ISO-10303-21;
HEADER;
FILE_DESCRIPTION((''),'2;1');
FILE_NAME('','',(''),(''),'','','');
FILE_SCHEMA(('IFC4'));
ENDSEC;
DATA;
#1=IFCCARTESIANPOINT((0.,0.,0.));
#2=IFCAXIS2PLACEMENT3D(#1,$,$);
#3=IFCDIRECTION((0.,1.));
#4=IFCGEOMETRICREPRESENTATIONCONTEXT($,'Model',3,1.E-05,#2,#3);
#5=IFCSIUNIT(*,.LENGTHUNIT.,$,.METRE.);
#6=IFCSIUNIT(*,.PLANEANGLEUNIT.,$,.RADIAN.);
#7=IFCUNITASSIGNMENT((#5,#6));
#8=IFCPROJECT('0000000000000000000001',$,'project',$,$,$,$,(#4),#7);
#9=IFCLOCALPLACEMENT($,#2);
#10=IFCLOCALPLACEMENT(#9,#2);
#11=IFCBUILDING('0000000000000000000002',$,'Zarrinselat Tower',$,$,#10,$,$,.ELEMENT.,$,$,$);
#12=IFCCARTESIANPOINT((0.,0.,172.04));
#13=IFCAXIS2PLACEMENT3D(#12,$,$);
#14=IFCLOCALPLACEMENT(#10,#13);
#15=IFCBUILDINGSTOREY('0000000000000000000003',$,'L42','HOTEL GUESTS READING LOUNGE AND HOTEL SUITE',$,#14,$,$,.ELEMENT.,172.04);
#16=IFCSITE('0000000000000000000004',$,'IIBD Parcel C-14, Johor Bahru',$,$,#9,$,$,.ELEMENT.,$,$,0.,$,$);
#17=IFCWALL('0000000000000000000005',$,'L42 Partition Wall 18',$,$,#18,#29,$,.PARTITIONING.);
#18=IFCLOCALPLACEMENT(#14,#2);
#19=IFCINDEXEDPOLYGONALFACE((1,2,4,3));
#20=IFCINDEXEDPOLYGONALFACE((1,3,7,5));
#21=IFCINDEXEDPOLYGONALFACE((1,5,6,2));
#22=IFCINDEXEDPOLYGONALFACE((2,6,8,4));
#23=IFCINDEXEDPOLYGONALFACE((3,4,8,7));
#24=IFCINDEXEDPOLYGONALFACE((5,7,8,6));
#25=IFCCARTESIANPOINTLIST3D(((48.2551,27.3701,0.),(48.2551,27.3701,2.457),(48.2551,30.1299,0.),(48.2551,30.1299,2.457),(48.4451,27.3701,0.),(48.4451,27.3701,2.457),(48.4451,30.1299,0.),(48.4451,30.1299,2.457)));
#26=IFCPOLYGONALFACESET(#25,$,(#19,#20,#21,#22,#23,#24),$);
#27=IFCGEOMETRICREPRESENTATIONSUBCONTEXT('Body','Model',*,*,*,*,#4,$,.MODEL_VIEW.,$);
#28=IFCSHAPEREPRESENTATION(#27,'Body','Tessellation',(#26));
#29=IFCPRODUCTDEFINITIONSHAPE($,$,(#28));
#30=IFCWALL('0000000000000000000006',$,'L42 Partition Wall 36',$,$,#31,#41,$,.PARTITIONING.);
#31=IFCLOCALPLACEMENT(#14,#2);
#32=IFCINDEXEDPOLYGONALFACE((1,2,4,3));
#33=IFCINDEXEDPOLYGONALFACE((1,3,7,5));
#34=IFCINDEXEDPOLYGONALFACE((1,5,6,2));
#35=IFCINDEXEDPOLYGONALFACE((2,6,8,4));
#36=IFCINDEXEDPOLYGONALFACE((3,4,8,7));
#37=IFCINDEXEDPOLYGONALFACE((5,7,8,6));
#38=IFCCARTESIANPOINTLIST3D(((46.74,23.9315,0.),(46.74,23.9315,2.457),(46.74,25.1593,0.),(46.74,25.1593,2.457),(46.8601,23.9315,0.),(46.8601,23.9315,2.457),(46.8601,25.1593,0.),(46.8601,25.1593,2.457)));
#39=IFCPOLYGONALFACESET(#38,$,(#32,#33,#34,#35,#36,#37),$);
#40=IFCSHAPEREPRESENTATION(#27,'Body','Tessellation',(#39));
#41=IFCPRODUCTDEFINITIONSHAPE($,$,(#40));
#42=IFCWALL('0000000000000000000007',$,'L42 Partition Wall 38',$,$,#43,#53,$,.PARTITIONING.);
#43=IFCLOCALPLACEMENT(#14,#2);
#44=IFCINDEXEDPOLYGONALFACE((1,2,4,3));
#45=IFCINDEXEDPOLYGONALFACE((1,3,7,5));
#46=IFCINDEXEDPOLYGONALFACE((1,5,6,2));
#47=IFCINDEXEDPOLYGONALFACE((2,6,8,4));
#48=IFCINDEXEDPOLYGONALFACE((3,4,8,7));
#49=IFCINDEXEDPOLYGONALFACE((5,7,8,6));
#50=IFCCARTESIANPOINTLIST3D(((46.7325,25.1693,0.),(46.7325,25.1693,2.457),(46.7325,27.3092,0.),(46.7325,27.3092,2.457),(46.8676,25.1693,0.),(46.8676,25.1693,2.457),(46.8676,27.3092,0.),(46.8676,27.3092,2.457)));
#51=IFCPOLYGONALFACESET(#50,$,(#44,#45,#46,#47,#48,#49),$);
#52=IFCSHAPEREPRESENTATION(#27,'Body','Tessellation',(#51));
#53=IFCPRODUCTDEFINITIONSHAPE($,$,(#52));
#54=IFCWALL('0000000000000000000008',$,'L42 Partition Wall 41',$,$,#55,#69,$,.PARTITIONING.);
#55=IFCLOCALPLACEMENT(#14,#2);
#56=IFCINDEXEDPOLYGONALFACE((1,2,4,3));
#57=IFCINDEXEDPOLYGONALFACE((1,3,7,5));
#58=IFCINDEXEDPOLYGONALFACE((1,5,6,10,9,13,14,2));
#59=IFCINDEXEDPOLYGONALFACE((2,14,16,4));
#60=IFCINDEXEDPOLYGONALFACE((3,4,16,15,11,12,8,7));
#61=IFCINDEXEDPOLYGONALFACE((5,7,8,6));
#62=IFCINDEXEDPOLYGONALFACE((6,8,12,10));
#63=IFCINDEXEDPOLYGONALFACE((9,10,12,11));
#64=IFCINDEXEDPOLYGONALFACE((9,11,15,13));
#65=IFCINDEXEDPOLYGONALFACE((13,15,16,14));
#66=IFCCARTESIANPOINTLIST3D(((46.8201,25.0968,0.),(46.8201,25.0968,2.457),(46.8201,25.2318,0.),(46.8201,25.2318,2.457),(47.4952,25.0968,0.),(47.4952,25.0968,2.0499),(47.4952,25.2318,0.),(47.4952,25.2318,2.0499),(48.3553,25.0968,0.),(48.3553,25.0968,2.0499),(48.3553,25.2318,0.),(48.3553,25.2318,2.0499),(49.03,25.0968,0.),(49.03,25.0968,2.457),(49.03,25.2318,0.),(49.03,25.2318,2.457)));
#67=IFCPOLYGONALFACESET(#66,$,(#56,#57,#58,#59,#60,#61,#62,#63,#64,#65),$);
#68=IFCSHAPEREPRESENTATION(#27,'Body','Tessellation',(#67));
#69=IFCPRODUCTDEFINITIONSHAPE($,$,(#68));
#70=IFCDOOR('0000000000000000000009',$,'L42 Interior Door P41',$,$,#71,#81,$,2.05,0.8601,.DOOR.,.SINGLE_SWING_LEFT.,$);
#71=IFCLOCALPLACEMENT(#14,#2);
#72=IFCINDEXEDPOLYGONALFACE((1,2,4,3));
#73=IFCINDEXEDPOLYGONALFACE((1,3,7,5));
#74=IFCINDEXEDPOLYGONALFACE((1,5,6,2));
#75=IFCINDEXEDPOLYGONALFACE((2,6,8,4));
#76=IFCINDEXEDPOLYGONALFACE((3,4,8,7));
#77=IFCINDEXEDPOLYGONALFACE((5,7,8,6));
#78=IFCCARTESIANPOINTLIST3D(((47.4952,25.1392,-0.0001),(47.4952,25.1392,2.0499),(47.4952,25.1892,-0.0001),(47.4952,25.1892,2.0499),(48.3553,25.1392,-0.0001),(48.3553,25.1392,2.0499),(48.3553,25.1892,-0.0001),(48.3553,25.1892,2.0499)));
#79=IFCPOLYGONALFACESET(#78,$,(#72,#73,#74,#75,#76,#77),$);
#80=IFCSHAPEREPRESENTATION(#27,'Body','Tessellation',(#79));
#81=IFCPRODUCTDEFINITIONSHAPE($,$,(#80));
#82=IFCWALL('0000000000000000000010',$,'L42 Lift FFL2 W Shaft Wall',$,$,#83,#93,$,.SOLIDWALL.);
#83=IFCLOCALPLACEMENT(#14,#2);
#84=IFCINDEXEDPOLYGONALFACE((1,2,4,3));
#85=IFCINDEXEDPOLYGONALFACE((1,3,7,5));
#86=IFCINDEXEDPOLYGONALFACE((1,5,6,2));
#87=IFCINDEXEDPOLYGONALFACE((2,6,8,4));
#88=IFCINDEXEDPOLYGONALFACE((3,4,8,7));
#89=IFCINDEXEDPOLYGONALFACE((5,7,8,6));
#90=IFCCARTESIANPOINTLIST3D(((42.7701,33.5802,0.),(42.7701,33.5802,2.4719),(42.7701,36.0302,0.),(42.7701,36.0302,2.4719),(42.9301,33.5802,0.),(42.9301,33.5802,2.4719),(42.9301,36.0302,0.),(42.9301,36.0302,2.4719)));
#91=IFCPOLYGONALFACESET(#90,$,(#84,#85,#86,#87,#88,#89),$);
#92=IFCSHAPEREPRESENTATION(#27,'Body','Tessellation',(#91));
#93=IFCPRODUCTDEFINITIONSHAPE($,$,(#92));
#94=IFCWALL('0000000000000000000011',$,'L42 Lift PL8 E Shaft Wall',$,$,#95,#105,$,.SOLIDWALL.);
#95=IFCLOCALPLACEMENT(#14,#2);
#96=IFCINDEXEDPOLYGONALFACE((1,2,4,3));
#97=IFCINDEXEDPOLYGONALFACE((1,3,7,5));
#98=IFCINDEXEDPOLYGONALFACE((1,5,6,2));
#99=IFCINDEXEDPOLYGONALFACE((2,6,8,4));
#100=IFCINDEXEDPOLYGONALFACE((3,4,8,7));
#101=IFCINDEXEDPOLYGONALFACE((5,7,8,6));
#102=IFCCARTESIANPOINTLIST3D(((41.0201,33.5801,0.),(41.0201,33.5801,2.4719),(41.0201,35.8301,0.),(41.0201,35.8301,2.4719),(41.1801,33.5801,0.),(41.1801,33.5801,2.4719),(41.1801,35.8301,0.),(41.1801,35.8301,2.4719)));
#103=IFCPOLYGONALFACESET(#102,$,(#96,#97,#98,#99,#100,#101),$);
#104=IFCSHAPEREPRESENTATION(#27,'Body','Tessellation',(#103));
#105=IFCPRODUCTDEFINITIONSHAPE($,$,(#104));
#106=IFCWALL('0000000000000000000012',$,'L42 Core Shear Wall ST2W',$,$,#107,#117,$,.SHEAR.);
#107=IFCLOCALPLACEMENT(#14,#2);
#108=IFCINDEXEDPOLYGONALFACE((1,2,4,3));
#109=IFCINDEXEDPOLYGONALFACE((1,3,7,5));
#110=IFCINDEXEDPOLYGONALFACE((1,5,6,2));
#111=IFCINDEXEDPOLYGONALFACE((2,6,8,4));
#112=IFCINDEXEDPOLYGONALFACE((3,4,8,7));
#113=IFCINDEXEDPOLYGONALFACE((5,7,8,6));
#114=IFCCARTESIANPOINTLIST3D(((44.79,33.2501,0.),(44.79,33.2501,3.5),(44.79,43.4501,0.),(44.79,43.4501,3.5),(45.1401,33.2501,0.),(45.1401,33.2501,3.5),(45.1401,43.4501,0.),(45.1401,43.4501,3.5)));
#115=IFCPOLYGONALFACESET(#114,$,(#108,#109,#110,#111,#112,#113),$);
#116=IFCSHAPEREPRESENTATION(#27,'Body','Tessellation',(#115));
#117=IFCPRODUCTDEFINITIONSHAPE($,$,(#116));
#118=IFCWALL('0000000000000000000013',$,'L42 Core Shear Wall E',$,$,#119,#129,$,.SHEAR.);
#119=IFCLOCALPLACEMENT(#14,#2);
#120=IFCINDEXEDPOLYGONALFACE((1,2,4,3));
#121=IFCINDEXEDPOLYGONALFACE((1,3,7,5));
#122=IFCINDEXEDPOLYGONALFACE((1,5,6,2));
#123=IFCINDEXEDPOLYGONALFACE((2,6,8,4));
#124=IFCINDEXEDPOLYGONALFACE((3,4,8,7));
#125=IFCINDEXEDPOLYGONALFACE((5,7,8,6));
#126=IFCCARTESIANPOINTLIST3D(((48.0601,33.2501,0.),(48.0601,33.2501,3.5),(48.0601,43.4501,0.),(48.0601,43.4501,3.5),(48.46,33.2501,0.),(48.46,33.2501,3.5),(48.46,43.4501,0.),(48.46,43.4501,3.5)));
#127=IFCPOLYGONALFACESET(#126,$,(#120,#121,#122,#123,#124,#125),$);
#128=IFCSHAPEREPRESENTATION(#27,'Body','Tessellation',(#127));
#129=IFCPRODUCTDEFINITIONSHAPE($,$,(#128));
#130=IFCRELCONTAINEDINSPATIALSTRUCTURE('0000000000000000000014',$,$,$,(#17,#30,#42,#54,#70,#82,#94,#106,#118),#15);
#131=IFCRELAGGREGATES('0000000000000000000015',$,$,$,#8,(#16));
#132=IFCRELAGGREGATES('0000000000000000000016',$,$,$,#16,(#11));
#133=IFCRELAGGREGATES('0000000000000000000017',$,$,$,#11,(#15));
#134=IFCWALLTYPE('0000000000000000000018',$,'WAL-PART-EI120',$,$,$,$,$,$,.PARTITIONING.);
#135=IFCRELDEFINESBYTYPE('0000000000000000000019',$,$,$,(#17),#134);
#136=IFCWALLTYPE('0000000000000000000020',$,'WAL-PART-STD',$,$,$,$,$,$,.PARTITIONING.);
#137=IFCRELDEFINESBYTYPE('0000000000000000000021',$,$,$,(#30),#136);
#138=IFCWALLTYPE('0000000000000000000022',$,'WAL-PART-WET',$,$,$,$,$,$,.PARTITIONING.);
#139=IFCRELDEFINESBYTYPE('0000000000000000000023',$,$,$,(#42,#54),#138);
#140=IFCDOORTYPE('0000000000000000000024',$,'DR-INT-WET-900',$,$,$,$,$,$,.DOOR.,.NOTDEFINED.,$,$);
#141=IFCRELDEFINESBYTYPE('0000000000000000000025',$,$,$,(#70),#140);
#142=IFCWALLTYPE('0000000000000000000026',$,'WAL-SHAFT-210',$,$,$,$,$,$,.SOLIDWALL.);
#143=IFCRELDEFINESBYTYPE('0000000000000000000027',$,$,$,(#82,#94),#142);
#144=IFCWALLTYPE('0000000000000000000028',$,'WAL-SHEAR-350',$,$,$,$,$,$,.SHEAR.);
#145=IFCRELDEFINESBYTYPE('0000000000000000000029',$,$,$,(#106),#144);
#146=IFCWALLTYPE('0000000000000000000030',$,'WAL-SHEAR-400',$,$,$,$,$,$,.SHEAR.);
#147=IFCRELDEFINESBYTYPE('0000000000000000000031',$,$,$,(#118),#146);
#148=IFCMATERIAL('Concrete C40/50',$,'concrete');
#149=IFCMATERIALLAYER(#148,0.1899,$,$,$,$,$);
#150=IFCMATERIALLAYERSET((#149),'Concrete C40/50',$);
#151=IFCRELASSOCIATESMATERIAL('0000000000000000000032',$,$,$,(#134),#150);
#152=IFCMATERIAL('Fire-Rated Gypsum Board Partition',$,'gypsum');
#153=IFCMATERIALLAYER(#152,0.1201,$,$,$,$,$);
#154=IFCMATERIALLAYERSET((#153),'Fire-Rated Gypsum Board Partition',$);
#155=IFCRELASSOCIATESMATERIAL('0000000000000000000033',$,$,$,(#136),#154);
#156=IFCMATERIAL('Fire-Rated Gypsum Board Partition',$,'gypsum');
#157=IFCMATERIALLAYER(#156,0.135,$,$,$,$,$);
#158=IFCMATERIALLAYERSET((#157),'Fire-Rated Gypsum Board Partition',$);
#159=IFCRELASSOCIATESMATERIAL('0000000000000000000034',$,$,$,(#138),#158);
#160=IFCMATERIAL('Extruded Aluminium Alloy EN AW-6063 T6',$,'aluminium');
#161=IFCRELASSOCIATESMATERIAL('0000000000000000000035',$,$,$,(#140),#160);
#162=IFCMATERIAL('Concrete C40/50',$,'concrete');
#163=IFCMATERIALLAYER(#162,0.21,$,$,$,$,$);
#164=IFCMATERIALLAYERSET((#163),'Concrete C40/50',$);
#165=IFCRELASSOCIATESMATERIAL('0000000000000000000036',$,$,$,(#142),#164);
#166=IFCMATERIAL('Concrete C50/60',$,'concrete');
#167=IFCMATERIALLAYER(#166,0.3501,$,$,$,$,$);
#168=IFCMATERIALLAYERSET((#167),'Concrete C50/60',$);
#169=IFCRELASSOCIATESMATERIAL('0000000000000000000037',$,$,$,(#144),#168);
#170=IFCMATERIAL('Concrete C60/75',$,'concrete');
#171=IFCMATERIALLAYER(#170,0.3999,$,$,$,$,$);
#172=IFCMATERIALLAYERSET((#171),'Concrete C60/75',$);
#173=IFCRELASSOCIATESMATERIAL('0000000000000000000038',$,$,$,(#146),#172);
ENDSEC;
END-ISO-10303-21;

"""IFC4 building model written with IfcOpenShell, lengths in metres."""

from ifc_helpers import new_model, si_unit, direction, frame, frame_2d, origin, place, context, subcontext, project, spatial, rectangle, extrude, material, layer, layer_set, type_object, element, fill, save


model = new_model("IFC4")

# Units and contexts
model_context = context("Model", 3, precision=1e-05, world=origin(), true_north=direction((0.0, 1.0)))
body_context = subcontext(model_context, "Body", "Model", "MODEL_VIEW")
ifc_project = project(units=[si_unit("LENGTHUNIT", "METRE"), si_unit("PLANEANGLEUNIT", "RADIAN")], contexts=[model_context])

# Site, building, storey
site_placement = place(None, origin())
site = spatial("IfcSite", under=ifc_project, at=site_placement, Name="IIBD Parcel C-14, Johor Bahru", CompositionType="ELEMENT", RefElevation=0.0)
building_placement = place(site_placement, origin())
building = spatial("IfcBuilding", under=site, at=building_placement, Name="Zarrinselat Tower", CompositionType="ELEMENT")
storey_placement = place(building_placement, frame((0.0, 0.0, 172.04)))
storey = spatial("IfcBuildingStorey", under=building, at=storey_placement, Name="L42", Description="HOTEL GUESTS READING LOUNGE AND HOTEL SUITE", CompositionType="ELEMENT", Elevation=172.04)

# Shared definitions
ifc_material_1 = material(Name="Concrete C40/50", Category="concrete")
ifc_layer_1 = layer(ifc_material_1, 0.1899)
ifc_layer_set_1 = layer_set([ifc_layer_1], Name="Concrete C40/50")
wall_type_1 = type_object("IfcWallType", Name="WAL-PART-EI120", PredefinedType="PARTITIONING", material=ifc_layer_set_1)

# Walls
wall_1_placement = place(storey_placement, frame((48.3501, 27.3701, 0.0), z_axis=(0.0, 0.0, 1.0), x_axis=(0.0, 1.0, 0.0)))
element("IfcWall", 1, at=wall_1_placement, inside=storey, type_object=wall_type_1, Name="L42 Partition Wall 18", PredefinedType="PARTITIONING", context=body_context, shape_type="SweptSolid", body=[
    extrude(rectangle(XDim=2.7598, YDim=0.1899, at=frame_2d((1.3799, 0.0))), origin(), (0.0, 0.0, 1.0), 2.457),
])
ifc_material_2 = material(Name="Fire-Rated Gypsum Board Partition", Category="gypsum")
ifc_layer_2 = layer(ifc_material_2, 0.1201)
ifc_layer_set_2 = layer_set([ifc_layer_2], Name="Fire-Rated Gypsum Board Partition")
wall_type_2 = type_object("IfcWallType", Name="WAL-PART-STD", PredefinedType="PARTITIONING", material=ifc_layer_set_2)
wall_2_placement = place(storey_placement, frame((46.8, 23.9316, 0.0), z_axis=(0.0, 0.0, 1.0), x_axis=(0.0, 1.0, 0.0)))
element("IfcWall", 2, at=wall_2_placement, inside=storey, type_object=wall_type_2, Name="L42 Partition Wall 36", PredefinedType="PARTITIONING", context=body_context, shape_type="SweptSolid", body=[
    extrude(rectangle(XDim=1.2278, YDim=0.1201, at=frame_2d((0.6138, 0.0))), origin(), (0.0, 0.0, 1.0), 2.457),
])
ifc_material_3 = material(Name="Fire-Rated Gypsum Board Partition", Category="gypsum")
ifc_layer_3 = layer(ifc_material_3, 0.135)
ifc_layer_set_3 = layer_set([ifc_layer_3], Name="Fire-Rated Gypsum Board Partition")
wall_type_3 = type_object("IfcWallType", Name="WAL-PART-WET", PredefinedType="PARTITIONING", material=ifc_layer_set_3)
wall_3_placement = place(storey_placement, frame((46.8, 25.1694, 0.0), z_axis=(0.0, 0.0, 1.0), x_axis=(0.0, 1.0, 0.0)))
element("IfcWall", 3, at=wall_3_placement, inside=storey, type_object=wall_type_3, Name="L42 Partition Wall 38", PredefinedType="PARTITIONING", context=body_context, shape_type="SweptSolid", body=[
    extrude(rectangle(XDim=2.1399, YDim=0.135, at=frame_2d((1.0698, 0.0))), origin(), (0.0, 0.0, 1.0), 2.457),
])

# Wall, opening, door
wall_4_placement = place(storey_placement, frame((46.8201, 25.1643, 0.0), z_axis=(0.0, 0.0, 1.0), x_axis=(1.0, 0.0, 0.0)))
wall_4 = element("IfcWall", 4, at=wall_4_placement, inside=storey, type_object=wall_type_3, Name="L42 Partition Wall 41", PredefinedType="PARTITIONING", context=body_context, shape_type="SweptSolid", body=[
    extrude(rectangle(XDim=2.21, YDim=0.135, at=frame_2d((1.105, 0.0))), origin(), (0.0, 0.0, 1.0), 2.457),
])
opening_1_placement = place(wall_4_placement, frame((0.675, 0.0, 0.0)))
opening_1 = element("IfcOpeningElement", 5, at=opening_1_placement, cuts=wall_4, PredefinedType="OPENING", context=body_context, shape_type="SweptSolid", body=[
    extrude(rectangle(XDim=0.8601, YDim=2.05, at=frame_2d((0.4302, 1.0249))), frame((0.0, 0.0774, 0.0), z_axis=(0.0, -1.0, 0.0), x_axis=(1.0, 0.0, 0.0)), (0.0, 0.0, 1.0), 0.155),
])
ifc_material_4 = material(Name="Extruded Aluminium Alloy EN AW-6063 T6", Category="aluminium")
door_type_1 = type_object("IfcDoorType", Name="DR-INT-WET-900", OperationType="NOTDEFINED", PredefinedType="DOOR", material=ifc_material_4)
door_1_placement = place(opening_1_placement, origin())
door_1 = element("IfcDoor", 6, at=door_1_placement, inside=storey, type_object=door_type_1, Name="L42 Interior Door P41", OperationType="SINGLE_SWING_LEFT", OverallHeight=2.05, OverallWidth=0.8601, PredefinedType="DOOR", context=body_context, shape_type="SweptSolid", body=[
    extrude(rectangle(XDim=0.8601, YDim=2.05, at=frame_2d((0.4302, 1.0249))), frame((0.0, 0.0249, 0.0), z_axis=(0.0, -1.0, 0.0), x_axis=(1.0, 0.0, 0.0)), (0.0, 0.0, 1.0), 0.05),
])
fill(opening_1, door_1)

# Walls
ifc_material_5 = material(Name="Concrete C40/50", Category="concrete")
ifc_layer_4 = layer(ifc_material_5, 0.21)
ifc_layer_set_4 = layer_set([ifc_layer_4], Name="Concrete C40/50")
wall_type_4 = type_object("IfcWallType", Name="WAL-SHAFT-210", PredefinedType="SOLIDWALL", material=ifc_layer_set_4)
wall_5_placement = place(storey_placement, frame((42.8501, 33.5801, 0.0), z_axis=(0.0, 0.0, 1.0), x_axis=(0.0, 1.0, 0.0)))
element("IfcWall", 7, at=wall_5_placement, inside=storey, type_object=wall_type_4, Name="L42 Lift FFL2 W Shaft Wall", PredefinedType="SOLIDWALL", context=body_context, shape_type="SweptSolid", body=[
    extrude(rectangle(XDim=2.45, YDim=0.1599, at=frame_2d((1.2251, 0.0))), origin(), (0.0, 0.0, 1.0), 2.4719),
])
wall_6_placement = place(storey_placement, frame((41.1001, 33.5801, 0.0), z_axis=(0.0, 0.0, 1.0), x_axis=(0.0, 1.0, 0.0)))
element("IfcWall", 8, at=wall_6_placement, inside=storey, type_object=wall_type_4, Name="L42 Lift PL8 E Shaft Wall", PredefinedType="SOLIDWALL", context=body_context, shape_type="SweptSolid", body=[
    extrude(rectangle(XDim=2.25, YDim=0.1599, at=frame_2d((1.125, 0.0))), origin(), (0.0, 0.0, 1.0), 2.4719),
])
ifc_material_6 = material(Name="Concrete C50/60", Category="concrete")
ifc_layer_5 = layer(ifc_material_6, 0.3501)
ifc_layer_set_5 = layer_set([ifc_layer_5], Name="Concrete C50/60")
wall_type_5 = type_object("IfcWallType", Name="WAL-SHEAR-350", PredefinedType="SHEAR", material=ifc_layer_set_5)
wall_7_placement = place(storey_placement, frame((44.9651, 33.25, 0.0), z_axis=(0.0, 0.0, 1.0), x_axis=(0.0, 1.0, 0.0)))
element("IfcWall", 9, at=wall_7_placement, inside=storey, type_object=wall_type_5, Name="L42 Core Shear Wall ST2W", PredefinedType="SHEAR", context=body_context, shape_type="SweptSolid", body=[
    extrude(rectangle(XDim=10.2, YDim=0.3501, at=frame_2d((5.1001, 0.0))), origin(), (0.0, 0.0, 1.0), 3.5),
])
ifc_material_7 = material(Name="Concrete C60/75", Category="concrete")
ifc_layer_6 = layer(ifc_material_7, 0.3999)
ifc_layer_set_6 = layer_set([ifc_layer_6], Name="Concrete C60/75")
wall_type_6 = type_object("IfcWallType", Name="WAL-SHEAR-400", PredefinedType="SHEAR", material=ifc_layer_set_6)
wall_8_placement = place(storey_placement, frame((48.26, 33.25, 0.0), z_axis=(0.0, 0.0, 1.0), x_axis=(0.0, 1.0, 0.0)))
element("IfcWall", 10, at=wall_8_placement, inside=storey, type_object=wall_type_6, Name="L42 Core Shear Wall E", PredefinedType="SHEAR", context=body_context, shape_type="SweptSolid", body=[
    extrude(rectangle(XDim=10.2, YDim=0.3999, at=frame_2d((5.1001, 0.0))), origin(), (0.0, 0.0, 1.0), 3.5),
])

save(model, "model.ifc")
